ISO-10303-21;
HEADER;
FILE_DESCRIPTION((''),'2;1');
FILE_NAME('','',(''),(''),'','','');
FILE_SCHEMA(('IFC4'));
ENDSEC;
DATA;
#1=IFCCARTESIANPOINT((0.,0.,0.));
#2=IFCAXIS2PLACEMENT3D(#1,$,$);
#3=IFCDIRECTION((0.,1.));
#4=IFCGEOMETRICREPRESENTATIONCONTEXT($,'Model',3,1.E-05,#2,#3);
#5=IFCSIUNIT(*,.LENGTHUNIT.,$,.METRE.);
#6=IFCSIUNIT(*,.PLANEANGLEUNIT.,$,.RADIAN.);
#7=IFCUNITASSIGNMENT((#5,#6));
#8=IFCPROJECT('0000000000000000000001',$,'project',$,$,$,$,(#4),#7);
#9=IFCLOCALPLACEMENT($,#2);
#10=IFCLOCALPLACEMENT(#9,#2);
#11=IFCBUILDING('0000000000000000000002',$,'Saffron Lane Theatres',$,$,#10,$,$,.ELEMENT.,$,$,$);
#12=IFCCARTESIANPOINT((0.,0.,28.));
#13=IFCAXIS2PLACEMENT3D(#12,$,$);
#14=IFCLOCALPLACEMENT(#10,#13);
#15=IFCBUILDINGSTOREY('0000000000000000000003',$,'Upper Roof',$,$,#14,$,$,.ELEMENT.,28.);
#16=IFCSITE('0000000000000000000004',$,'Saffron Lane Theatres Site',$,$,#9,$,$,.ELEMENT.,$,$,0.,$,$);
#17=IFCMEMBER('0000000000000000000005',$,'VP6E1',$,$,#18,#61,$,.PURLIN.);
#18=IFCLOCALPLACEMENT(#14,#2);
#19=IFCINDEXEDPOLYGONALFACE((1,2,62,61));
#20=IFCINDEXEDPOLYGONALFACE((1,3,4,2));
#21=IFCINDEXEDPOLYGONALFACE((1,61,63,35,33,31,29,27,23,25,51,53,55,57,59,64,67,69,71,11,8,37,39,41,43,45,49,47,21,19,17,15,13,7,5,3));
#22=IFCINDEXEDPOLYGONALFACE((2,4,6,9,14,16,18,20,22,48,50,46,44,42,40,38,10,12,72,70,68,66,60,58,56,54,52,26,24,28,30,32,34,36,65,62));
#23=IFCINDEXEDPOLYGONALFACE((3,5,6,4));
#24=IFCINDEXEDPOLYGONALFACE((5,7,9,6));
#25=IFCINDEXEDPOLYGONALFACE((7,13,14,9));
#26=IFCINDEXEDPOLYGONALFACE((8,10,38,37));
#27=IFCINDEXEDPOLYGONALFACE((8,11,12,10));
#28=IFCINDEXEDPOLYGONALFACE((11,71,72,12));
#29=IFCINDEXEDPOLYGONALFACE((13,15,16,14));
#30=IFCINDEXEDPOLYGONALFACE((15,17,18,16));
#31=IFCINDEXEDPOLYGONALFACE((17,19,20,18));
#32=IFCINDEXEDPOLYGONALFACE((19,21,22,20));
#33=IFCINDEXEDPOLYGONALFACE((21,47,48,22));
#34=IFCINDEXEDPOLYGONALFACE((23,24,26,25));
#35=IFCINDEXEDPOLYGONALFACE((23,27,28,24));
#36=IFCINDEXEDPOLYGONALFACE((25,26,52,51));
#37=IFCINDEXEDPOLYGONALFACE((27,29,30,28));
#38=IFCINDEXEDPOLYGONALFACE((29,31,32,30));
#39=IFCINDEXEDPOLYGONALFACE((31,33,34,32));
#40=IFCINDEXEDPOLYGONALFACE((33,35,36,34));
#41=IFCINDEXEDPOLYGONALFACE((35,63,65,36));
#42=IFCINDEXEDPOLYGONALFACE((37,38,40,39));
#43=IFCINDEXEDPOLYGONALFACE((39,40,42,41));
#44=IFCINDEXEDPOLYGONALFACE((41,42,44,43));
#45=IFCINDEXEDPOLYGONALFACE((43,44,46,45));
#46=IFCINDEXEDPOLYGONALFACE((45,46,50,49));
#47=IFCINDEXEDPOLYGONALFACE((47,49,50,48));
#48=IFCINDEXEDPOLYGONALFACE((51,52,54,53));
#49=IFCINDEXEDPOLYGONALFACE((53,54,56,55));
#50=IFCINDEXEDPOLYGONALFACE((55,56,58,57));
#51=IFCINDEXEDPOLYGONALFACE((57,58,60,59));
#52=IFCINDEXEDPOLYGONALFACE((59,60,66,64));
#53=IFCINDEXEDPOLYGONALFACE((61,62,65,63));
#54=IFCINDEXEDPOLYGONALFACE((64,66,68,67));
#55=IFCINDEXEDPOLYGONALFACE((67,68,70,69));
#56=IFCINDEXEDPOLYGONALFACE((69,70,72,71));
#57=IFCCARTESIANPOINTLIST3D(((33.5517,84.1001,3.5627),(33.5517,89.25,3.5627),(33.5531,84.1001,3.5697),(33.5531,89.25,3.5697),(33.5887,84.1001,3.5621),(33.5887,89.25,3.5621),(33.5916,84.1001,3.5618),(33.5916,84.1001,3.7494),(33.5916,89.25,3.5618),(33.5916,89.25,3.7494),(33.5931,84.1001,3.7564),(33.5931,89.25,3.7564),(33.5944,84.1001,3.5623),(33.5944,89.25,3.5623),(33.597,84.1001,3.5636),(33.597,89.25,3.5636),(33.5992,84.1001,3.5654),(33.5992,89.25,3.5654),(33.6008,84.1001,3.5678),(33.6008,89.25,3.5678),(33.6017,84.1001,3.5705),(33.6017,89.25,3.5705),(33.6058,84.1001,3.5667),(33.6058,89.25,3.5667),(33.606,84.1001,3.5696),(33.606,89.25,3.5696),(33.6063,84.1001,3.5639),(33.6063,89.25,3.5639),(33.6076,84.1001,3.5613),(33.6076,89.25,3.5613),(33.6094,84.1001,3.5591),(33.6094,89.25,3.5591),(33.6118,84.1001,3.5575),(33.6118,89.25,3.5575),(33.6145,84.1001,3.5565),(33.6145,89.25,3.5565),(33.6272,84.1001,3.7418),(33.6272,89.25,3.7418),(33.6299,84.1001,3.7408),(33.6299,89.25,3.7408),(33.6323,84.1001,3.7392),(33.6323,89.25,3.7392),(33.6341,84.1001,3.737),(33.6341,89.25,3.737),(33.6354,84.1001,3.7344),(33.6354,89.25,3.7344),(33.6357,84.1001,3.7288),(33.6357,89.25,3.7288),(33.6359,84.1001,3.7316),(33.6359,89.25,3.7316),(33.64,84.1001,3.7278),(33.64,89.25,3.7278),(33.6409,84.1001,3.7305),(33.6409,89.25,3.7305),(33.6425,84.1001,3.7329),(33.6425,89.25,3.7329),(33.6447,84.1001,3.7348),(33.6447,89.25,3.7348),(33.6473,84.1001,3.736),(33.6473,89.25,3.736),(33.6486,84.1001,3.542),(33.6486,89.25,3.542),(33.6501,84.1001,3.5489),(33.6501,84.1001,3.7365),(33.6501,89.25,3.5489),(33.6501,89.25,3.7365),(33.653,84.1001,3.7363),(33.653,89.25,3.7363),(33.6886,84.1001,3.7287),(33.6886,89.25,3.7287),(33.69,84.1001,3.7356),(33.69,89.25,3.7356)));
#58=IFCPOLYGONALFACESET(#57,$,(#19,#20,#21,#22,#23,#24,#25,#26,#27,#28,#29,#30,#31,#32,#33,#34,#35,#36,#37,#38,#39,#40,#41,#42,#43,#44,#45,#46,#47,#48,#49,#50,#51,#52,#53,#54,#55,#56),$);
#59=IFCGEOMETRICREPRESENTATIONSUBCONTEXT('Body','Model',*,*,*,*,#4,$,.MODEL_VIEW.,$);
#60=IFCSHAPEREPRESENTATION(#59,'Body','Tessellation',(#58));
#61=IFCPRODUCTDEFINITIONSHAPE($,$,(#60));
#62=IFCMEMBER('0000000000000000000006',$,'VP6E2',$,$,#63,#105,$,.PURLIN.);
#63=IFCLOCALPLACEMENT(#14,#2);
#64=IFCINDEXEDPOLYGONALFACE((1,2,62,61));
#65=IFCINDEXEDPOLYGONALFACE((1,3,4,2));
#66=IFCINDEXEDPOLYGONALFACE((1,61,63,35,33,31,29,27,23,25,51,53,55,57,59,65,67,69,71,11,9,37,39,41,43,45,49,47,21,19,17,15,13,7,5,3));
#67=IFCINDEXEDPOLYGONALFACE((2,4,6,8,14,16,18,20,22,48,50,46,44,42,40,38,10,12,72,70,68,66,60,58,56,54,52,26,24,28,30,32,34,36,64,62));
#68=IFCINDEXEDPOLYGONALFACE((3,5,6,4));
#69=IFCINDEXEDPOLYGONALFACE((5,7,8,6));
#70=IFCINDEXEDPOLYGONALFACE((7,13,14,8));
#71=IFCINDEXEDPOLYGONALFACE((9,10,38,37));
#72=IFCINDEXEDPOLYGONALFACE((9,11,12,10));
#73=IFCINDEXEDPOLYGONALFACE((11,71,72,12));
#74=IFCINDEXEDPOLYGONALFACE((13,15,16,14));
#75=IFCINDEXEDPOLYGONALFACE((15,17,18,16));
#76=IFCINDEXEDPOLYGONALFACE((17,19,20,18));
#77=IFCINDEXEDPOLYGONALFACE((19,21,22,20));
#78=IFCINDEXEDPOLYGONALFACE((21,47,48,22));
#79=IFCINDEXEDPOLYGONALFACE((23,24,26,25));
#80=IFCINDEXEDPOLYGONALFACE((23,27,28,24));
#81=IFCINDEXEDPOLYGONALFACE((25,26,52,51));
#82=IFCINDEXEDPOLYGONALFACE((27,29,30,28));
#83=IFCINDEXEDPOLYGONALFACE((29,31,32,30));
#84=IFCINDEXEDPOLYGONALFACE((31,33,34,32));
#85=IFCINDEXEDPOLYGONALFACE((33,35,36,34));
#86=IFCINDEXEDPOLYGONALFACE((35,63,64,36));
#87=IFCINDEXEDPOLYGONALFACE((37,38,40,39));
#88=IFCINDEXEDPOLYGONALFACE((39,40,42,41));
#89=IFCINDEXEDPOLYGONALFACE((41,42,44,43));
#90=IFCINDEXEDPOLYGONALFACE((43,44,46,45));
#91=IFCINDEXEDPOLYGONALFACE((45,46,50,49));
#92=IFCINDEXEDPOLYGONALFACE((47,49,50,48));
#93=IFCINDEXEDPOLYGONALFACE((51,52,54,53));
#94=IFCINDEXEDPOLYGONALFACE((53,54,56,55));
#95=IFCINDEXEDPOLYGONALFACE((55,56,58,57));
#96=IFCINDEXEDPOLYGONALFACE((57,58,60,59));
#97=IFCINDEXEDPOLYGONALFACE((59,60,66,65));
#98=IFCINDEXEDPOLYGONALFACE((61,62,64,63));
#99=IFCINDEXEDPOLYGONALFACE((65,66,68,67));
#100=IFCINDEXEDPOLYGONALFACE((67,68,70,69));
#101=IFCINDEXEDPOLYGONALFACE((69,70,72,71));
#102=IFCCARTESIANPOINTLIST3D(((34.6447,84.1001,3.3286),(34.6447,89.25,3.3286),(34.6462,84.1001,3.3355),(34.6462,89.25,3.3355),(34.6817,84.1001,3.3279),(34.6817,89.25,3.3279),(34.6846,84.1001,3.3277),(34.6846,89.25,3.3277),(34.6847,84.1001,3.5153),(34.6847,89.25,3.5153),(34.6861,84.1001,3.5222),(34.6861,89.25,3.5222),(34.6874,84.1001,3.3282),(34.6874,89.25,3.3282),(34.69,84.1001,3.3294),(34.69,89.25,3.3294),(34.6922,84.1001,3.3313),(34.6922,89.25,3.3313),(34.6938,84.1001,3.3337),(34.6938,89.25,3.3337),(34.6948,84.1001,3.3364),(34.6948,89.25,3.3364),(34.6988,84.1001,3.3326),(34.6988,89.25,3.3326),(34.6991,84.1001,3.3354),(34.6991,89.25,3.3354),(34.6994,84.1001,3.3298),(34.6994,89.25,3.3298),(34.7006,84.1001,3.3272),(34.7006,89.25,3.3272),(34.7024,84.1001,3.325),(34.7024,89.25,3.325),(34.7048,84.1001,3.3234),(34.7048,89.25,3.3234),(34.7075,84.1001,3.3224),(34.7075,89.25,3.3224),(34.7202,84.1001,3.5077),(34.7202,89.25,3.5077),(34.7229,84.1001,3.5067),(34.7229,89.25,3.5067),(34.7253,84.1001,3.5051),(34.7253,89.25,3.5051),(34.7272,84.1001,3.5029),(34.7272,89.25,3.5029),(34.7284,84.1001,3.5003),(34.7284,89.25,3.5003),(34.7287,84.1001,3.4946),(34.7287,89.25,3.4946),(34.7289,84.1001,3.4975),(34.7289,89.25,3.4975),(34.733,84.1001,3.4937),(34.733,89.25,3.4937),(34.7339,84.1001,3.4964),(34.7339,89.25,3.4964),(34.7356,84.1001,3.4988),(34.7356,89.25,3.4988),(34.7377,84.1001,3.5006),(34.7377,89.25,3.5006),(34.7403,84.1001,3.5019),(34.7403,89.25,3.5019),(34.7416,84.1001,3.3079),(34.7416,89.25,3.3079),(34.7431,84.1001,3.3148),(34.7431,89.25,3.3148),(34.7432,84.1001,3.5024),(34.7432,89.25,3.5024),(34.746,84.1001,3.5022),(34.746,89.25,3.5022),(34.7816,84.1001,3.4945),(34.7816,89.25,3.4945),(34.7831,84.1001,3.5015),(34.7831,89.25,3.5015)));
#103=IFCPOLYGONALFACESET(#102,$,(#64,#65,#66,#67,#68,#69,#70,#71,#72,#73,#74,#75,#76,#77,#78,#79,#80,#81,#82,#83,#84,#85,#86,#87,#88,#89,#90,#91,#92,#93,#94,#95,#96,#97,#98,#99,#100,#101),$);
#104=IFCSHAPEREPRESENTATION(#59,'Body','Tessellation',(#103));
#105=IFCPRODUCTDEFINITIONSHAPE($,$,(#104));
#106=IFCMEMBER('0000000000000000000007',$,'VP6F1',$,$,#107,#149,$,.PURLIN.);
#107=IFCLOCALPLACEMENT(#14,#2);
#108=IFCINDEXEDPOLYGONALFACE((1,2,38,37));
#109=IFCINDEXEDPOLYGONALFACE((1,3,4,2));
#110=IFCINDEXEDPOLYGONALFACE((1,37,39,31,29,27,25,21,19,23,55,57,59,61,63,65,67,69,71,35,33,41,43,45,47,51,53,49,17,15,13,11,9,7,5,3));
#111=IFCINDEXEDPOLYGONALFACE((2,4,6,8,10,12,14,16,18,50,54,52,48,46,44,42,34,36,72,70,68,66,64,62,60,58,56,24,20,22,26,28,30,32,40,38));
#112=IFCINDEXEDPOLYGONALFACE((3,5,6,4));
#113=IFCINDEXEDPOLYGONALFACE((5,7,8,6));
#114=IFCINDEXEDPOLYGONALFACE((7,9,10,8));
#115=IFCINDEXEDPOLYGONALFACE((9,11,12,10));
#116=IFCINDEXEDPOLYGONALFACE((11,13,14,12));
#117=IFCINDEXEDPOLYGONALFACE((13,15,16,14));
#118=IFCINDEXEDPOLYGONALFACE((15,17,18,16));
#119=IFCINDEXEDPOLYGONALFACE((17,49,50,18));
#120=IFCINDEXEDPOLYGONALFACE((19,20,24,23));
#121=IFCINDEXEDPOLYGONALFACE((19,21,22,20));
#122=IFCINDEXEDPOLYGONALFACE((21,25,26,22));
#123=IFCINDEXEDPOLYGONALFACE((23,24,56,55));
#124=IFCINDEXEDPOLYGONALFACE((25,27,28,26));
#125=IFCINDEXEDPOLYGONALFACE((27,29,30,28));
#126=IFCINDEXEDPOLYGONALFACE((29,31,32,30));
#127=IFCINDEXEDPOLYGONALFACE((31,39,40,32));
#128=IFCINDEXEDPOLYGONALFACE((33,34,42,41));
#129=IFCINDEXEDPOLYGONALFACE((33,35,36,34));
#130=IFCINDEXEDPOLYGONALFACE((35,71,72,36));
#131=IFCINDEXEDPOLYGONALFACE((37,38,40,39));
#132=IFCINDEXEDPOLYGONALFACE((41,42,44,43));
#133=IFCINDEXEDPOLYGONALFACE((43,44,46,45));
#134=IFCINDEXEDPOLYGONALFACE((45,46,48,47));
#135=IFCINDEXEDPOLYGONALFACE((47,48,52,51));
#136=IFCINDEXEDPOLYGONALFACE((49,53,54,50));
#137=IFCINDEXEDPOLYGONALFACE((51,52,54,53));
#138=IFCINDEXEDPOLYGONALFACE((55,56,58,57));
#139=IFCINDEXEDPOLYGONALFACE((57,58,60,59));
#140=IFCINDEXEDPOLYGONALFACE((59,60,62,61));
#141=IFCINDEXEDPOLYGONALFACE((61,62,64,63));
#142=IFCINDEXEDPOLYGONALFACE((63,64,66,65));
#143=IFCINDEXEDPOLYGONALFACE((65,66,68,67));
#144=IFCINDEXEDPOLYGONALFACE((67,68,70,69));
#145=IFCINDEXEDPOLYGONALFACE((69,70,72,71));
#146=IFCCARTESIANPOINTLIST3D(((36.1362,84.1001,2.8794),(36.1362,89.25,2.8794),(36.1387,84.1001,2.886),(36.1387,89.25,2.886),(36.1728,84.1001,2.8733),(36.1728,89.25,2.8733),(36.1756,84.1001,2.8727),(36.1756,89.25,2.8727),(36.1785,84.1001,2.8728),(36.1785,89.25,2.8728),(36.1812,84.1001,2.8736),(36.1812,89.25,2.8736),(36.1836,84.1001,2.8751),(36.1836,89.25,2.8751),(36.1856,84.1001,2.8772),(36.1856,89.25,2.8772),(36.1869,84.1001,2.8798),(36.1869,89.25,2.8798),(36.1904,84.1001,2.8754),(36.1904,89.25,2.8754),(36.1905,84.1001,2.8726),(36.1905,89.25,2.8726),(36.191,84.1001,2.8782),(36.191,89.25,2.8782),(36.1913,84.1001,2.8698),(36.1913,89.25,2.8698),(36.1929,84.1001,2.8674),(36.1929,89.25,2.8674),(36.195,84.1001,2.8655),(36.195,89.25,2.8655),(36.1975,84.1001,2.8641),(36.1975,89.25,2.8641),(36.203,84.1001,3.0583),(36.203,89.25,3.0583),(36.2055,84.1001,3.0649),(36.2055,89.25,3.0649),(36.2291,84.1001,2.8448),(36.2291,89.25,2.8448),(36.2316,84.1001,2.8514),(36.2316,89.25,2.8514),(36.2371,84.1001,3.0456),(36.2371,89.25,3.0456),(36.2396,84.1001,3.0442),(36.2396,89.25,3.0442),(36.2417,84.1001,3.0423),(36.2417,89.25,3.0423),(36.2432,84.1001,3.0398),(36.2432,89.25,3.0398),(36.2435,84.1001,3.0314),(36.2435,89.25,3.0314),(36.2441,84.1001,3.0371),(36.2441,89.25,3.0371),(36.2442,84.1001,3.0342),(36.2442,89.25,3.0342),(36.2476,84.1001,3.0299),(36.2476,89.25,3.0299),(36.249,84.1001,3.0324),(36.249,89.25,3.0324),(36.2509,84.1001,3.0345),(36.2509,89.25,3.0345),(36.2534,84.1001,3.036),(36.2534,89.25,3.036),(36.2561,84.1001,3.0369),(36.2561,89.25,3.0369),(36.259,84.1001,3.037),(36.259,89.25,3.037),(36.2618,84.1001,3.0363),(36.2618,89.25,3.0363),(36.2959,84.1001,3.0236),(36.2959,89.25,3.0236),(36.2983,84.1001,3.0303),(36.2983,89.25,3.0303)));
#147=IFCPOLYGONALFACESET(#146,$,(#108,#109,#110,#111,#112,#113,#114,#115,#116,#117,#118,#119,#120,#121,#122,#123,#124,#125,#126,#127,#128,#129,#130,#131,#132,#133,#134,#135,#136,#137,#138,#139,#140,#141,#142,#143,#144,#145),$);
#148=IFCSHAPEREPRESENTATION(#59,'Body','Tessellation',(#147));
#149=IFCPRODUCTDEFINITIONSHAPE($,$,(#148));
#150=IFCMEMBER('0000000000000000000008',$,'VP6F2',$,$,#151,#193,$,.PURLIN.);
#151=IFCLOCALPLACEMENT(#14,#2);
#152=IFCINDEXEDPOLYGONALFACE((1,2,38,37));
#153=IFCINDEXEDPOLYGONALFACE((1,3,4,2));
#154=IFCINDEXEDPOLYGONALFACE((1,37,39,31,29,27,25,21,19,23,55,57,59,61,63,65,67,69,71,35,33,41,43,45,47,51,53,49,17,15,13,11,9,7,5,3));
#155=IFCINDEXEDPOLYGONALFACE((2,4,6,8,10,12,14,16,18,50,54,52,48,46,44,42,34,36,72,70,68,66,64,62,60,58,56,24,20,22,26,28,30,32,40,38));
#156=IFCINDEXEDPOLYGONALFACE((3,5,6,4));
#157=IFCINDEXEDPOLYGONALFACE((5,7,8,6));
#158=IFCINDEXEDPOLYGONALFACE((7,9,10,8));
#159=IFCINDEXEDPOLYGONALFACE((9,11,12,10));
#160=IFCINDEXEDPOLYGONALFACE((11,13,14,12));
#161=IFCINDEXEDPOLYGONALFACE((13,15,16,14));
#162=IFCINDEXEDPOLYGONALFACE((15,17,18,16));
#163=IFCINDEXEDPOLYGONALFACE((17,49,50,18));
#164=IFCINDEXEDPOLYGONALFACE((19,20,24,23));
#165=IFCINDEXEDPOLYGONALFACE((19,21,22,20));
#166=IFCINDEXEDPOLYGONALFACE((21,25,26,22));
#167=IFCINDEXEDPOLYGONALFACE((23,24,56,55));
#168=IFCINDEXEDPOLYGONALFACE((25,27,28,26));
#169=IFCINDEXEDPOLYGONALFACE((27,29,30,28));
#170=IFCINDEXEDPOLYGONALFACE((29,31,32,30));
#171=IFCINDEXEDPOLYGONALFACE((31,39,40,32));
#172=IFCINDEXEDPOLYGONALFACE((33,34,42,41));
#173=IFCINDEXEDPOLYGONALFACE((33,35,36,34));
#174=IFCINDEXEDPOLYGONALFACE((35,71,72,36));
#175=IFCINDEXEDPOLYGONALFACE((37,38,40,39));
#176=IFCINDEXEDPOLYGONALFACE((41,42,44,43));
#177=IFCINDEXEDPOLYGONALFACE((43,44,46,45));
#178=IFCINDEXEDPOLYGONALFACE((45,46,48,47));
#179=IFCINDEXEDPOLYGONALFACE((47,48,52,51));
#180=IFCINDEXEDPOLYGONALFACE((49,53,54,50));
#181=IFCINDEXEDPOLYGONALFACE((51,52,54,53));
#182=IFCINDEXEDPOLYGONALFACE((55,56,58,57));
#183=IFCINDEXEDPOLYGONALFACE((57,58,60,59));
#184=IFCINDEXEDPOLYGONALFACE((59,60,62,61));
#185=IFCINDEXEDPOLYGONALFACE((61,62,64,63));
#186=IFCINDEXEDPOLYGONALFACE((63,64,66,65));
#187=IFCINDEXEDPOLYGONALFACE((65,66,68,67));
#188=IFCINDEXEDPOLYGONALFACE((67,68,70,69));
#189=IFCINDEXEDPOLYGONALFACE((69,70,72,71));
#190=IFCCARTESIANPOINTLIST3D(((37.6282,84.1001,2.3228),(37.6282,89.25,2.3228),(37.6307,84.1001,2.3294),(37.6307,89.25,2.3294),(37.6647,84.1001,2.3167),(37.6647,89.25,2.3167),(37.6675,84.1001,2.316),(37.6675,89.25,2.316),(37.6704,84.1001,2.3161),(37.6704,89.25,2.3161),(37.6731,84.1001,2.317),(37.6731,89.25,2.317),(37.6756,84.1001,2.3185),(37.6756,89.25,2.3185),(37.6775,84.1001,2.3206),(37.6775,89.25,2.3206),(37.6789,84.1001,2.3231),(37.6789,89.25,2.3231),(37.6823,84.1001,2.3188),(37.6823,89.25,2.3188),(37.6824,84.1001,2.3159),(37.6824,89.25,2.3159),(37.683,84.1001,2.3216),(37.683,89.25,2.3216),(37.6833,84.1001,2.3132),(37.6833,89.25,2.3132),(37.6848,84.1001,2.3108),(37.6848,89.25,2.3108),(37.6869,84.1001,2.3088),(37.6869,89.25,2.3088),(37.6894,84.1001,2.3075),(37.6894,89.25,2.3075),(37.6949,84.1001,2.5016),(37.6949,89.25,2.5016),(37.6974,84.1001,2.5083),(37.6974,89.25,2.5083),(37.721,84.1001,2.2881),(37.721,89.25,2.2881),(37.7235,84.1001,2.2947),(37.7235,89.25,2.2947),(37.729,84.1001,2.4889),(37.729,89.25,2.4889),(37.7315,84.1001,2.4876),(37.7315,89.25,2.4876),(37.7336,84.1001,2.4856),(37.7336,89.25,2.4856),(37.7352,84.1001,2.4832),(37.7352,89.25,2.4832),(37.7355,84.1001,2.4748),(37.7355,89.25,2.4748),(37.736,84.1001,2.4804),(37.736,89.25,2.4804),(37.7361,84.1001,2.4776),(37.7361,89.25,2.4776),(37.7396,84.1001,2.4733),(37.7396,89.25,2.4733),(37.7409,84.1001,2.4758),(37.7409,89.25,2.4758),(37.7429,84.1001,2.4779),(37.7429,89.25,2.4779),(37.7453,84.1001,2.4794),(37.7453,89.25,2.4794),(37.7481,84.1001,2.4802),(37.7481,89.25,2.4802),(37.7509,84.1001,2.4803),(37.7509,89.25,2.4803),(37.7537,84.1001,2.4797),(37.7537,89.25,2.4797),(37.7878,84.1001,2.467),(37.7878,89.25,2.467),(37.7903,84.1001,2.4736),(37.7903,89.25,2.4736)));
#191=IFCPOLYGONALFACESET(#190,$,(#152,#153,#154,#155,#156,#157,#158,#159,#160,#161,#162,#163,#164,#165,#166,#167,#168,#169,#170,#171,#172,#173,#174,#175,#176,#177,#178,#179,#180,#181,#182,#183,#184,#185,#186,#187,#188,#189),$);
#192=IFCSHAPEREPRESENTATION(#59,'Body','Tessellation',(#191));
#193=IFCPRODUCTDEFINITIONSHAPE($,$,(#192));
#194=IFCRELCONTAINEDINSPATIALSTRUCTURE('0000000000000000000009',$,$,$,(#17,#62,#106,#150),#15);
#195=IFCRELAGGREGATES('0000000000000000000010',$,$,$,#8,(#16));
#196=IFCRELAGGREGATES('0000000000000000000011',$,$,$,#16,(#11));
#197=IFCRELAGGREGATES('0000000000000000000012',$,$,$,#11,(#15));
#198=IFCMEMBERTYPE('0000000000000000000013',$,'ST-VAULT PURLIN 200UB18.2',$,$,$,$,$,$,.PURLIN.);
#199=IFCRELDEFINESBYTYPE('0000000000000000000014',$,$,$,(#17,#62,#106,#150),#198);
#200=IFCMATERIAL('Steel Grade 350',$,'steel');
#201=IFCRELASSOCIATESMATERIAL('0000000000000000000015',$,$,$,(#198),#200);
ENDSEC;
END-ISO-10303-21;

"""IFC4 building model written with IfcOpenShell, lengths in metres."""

from ifc_helpers import new_model, si_unit, direction, frame, origin, origin_2d, place, context, subcontext, project, spatial, i_section, extrude, material, material_profile, profile_set, type_object, element, save


model = new_model("IFC4")

# Units and contexts
model_context = context("Model", 3, precision=1e-05, world=origin(), true_north=direction((0.0, 1.0)))
body_context = subcontext(model_context, "Body", "Model", "MODEL_VIEW")
ifc_project = project(units=[si_unit("LENGTHUNIT", "METRE"), si_unit("PLANEANGLEUNIT", "RADIAN")], contexts=[model_context])

# Site, building, storey
site_placement = place(None, origin())
site = spatial("IfcSite", under=ifc_project, at=site_placement, Name="Saffron Lane Theatres Site", CompositionType="ELEMENT", RefElevation=0.0)
building_placement = place(site_placement, origin())
building = spatial("IfcBuilding", under=site, at=building_placement, Name="Saffron Lane Theatres", CompositionType="ELEMENT")
storey_placement = place(building_placement, frame((0.0, 0.0, 28.0)))
storey = spatial("IfcBuildingStorey", under=building, at=storey_placement, Name="Upper Roof", CompositionType="ELEMENT", Elevation=28.0)

# Members
ifc_material_1 = material(Name="Steel Grade 350", Category="steel")
ifc_material_profile_1 = material_profile(ifc_material_1, i_section(OverallWidth=0.0991, OverallDepth=0.198, WebThickness=0.0044, FlangeThickness=0.0071, FilletRadius=0.011, at=origin_2d()))
ifc_profile_set_1 = profile_set([ifc_material_profile_1], Name="Steel Grade 350")
member_type_1 = type_object("IfcMemberType", Name="ST-VAULT PURLIN 200UB18.2", PredefinedType="PURLIN", material=ifc_profile_set_1)
for number, where, z_axis, x_axis, name in (
    (1, (33.6208, 84.1001, 3.6492), (0.0, 1.0, 0.0), (0.977816, 0.0, -0.209466), "VP6E1"),
    (2, (34.7139, 84.1001, 3.415), (0.0, 1.0, 0.0), (0.977816, 0.0, -0.209466), "VP6E2"),
    (3, (36.2173, 84.1001, 2.9548), (0.0, 1.0, 0.0), (0.93689, 0.0, -0.349624), "VP6F1"),
    (4, (37.7092, 84.1001, 2.3982), (0.0, 1.0, 0.0), (0.93689, 0.0, -0.349624), "VP6F2"),
):
    element("IfcMember", number, at=place(storey_placement, frame(where, z_axis=z_axis, x_axis=x_axis)), inside=storey, type_object=member_type_1, Name=name, PredefinedType="PURLIN", context=body_context, shape_type="SweptSolid", body=[
        extrude(i_section(OverallWidth=0.0991, OverallDepth=0.198, WebThickness=0.0044, FlangeThickness=0.0071, FilletRadius=0.011, at=origin_2d()), origin(), (0.0, 0.0, 1.0), 5.1499),
    ])

save(model, "model.ifc")
